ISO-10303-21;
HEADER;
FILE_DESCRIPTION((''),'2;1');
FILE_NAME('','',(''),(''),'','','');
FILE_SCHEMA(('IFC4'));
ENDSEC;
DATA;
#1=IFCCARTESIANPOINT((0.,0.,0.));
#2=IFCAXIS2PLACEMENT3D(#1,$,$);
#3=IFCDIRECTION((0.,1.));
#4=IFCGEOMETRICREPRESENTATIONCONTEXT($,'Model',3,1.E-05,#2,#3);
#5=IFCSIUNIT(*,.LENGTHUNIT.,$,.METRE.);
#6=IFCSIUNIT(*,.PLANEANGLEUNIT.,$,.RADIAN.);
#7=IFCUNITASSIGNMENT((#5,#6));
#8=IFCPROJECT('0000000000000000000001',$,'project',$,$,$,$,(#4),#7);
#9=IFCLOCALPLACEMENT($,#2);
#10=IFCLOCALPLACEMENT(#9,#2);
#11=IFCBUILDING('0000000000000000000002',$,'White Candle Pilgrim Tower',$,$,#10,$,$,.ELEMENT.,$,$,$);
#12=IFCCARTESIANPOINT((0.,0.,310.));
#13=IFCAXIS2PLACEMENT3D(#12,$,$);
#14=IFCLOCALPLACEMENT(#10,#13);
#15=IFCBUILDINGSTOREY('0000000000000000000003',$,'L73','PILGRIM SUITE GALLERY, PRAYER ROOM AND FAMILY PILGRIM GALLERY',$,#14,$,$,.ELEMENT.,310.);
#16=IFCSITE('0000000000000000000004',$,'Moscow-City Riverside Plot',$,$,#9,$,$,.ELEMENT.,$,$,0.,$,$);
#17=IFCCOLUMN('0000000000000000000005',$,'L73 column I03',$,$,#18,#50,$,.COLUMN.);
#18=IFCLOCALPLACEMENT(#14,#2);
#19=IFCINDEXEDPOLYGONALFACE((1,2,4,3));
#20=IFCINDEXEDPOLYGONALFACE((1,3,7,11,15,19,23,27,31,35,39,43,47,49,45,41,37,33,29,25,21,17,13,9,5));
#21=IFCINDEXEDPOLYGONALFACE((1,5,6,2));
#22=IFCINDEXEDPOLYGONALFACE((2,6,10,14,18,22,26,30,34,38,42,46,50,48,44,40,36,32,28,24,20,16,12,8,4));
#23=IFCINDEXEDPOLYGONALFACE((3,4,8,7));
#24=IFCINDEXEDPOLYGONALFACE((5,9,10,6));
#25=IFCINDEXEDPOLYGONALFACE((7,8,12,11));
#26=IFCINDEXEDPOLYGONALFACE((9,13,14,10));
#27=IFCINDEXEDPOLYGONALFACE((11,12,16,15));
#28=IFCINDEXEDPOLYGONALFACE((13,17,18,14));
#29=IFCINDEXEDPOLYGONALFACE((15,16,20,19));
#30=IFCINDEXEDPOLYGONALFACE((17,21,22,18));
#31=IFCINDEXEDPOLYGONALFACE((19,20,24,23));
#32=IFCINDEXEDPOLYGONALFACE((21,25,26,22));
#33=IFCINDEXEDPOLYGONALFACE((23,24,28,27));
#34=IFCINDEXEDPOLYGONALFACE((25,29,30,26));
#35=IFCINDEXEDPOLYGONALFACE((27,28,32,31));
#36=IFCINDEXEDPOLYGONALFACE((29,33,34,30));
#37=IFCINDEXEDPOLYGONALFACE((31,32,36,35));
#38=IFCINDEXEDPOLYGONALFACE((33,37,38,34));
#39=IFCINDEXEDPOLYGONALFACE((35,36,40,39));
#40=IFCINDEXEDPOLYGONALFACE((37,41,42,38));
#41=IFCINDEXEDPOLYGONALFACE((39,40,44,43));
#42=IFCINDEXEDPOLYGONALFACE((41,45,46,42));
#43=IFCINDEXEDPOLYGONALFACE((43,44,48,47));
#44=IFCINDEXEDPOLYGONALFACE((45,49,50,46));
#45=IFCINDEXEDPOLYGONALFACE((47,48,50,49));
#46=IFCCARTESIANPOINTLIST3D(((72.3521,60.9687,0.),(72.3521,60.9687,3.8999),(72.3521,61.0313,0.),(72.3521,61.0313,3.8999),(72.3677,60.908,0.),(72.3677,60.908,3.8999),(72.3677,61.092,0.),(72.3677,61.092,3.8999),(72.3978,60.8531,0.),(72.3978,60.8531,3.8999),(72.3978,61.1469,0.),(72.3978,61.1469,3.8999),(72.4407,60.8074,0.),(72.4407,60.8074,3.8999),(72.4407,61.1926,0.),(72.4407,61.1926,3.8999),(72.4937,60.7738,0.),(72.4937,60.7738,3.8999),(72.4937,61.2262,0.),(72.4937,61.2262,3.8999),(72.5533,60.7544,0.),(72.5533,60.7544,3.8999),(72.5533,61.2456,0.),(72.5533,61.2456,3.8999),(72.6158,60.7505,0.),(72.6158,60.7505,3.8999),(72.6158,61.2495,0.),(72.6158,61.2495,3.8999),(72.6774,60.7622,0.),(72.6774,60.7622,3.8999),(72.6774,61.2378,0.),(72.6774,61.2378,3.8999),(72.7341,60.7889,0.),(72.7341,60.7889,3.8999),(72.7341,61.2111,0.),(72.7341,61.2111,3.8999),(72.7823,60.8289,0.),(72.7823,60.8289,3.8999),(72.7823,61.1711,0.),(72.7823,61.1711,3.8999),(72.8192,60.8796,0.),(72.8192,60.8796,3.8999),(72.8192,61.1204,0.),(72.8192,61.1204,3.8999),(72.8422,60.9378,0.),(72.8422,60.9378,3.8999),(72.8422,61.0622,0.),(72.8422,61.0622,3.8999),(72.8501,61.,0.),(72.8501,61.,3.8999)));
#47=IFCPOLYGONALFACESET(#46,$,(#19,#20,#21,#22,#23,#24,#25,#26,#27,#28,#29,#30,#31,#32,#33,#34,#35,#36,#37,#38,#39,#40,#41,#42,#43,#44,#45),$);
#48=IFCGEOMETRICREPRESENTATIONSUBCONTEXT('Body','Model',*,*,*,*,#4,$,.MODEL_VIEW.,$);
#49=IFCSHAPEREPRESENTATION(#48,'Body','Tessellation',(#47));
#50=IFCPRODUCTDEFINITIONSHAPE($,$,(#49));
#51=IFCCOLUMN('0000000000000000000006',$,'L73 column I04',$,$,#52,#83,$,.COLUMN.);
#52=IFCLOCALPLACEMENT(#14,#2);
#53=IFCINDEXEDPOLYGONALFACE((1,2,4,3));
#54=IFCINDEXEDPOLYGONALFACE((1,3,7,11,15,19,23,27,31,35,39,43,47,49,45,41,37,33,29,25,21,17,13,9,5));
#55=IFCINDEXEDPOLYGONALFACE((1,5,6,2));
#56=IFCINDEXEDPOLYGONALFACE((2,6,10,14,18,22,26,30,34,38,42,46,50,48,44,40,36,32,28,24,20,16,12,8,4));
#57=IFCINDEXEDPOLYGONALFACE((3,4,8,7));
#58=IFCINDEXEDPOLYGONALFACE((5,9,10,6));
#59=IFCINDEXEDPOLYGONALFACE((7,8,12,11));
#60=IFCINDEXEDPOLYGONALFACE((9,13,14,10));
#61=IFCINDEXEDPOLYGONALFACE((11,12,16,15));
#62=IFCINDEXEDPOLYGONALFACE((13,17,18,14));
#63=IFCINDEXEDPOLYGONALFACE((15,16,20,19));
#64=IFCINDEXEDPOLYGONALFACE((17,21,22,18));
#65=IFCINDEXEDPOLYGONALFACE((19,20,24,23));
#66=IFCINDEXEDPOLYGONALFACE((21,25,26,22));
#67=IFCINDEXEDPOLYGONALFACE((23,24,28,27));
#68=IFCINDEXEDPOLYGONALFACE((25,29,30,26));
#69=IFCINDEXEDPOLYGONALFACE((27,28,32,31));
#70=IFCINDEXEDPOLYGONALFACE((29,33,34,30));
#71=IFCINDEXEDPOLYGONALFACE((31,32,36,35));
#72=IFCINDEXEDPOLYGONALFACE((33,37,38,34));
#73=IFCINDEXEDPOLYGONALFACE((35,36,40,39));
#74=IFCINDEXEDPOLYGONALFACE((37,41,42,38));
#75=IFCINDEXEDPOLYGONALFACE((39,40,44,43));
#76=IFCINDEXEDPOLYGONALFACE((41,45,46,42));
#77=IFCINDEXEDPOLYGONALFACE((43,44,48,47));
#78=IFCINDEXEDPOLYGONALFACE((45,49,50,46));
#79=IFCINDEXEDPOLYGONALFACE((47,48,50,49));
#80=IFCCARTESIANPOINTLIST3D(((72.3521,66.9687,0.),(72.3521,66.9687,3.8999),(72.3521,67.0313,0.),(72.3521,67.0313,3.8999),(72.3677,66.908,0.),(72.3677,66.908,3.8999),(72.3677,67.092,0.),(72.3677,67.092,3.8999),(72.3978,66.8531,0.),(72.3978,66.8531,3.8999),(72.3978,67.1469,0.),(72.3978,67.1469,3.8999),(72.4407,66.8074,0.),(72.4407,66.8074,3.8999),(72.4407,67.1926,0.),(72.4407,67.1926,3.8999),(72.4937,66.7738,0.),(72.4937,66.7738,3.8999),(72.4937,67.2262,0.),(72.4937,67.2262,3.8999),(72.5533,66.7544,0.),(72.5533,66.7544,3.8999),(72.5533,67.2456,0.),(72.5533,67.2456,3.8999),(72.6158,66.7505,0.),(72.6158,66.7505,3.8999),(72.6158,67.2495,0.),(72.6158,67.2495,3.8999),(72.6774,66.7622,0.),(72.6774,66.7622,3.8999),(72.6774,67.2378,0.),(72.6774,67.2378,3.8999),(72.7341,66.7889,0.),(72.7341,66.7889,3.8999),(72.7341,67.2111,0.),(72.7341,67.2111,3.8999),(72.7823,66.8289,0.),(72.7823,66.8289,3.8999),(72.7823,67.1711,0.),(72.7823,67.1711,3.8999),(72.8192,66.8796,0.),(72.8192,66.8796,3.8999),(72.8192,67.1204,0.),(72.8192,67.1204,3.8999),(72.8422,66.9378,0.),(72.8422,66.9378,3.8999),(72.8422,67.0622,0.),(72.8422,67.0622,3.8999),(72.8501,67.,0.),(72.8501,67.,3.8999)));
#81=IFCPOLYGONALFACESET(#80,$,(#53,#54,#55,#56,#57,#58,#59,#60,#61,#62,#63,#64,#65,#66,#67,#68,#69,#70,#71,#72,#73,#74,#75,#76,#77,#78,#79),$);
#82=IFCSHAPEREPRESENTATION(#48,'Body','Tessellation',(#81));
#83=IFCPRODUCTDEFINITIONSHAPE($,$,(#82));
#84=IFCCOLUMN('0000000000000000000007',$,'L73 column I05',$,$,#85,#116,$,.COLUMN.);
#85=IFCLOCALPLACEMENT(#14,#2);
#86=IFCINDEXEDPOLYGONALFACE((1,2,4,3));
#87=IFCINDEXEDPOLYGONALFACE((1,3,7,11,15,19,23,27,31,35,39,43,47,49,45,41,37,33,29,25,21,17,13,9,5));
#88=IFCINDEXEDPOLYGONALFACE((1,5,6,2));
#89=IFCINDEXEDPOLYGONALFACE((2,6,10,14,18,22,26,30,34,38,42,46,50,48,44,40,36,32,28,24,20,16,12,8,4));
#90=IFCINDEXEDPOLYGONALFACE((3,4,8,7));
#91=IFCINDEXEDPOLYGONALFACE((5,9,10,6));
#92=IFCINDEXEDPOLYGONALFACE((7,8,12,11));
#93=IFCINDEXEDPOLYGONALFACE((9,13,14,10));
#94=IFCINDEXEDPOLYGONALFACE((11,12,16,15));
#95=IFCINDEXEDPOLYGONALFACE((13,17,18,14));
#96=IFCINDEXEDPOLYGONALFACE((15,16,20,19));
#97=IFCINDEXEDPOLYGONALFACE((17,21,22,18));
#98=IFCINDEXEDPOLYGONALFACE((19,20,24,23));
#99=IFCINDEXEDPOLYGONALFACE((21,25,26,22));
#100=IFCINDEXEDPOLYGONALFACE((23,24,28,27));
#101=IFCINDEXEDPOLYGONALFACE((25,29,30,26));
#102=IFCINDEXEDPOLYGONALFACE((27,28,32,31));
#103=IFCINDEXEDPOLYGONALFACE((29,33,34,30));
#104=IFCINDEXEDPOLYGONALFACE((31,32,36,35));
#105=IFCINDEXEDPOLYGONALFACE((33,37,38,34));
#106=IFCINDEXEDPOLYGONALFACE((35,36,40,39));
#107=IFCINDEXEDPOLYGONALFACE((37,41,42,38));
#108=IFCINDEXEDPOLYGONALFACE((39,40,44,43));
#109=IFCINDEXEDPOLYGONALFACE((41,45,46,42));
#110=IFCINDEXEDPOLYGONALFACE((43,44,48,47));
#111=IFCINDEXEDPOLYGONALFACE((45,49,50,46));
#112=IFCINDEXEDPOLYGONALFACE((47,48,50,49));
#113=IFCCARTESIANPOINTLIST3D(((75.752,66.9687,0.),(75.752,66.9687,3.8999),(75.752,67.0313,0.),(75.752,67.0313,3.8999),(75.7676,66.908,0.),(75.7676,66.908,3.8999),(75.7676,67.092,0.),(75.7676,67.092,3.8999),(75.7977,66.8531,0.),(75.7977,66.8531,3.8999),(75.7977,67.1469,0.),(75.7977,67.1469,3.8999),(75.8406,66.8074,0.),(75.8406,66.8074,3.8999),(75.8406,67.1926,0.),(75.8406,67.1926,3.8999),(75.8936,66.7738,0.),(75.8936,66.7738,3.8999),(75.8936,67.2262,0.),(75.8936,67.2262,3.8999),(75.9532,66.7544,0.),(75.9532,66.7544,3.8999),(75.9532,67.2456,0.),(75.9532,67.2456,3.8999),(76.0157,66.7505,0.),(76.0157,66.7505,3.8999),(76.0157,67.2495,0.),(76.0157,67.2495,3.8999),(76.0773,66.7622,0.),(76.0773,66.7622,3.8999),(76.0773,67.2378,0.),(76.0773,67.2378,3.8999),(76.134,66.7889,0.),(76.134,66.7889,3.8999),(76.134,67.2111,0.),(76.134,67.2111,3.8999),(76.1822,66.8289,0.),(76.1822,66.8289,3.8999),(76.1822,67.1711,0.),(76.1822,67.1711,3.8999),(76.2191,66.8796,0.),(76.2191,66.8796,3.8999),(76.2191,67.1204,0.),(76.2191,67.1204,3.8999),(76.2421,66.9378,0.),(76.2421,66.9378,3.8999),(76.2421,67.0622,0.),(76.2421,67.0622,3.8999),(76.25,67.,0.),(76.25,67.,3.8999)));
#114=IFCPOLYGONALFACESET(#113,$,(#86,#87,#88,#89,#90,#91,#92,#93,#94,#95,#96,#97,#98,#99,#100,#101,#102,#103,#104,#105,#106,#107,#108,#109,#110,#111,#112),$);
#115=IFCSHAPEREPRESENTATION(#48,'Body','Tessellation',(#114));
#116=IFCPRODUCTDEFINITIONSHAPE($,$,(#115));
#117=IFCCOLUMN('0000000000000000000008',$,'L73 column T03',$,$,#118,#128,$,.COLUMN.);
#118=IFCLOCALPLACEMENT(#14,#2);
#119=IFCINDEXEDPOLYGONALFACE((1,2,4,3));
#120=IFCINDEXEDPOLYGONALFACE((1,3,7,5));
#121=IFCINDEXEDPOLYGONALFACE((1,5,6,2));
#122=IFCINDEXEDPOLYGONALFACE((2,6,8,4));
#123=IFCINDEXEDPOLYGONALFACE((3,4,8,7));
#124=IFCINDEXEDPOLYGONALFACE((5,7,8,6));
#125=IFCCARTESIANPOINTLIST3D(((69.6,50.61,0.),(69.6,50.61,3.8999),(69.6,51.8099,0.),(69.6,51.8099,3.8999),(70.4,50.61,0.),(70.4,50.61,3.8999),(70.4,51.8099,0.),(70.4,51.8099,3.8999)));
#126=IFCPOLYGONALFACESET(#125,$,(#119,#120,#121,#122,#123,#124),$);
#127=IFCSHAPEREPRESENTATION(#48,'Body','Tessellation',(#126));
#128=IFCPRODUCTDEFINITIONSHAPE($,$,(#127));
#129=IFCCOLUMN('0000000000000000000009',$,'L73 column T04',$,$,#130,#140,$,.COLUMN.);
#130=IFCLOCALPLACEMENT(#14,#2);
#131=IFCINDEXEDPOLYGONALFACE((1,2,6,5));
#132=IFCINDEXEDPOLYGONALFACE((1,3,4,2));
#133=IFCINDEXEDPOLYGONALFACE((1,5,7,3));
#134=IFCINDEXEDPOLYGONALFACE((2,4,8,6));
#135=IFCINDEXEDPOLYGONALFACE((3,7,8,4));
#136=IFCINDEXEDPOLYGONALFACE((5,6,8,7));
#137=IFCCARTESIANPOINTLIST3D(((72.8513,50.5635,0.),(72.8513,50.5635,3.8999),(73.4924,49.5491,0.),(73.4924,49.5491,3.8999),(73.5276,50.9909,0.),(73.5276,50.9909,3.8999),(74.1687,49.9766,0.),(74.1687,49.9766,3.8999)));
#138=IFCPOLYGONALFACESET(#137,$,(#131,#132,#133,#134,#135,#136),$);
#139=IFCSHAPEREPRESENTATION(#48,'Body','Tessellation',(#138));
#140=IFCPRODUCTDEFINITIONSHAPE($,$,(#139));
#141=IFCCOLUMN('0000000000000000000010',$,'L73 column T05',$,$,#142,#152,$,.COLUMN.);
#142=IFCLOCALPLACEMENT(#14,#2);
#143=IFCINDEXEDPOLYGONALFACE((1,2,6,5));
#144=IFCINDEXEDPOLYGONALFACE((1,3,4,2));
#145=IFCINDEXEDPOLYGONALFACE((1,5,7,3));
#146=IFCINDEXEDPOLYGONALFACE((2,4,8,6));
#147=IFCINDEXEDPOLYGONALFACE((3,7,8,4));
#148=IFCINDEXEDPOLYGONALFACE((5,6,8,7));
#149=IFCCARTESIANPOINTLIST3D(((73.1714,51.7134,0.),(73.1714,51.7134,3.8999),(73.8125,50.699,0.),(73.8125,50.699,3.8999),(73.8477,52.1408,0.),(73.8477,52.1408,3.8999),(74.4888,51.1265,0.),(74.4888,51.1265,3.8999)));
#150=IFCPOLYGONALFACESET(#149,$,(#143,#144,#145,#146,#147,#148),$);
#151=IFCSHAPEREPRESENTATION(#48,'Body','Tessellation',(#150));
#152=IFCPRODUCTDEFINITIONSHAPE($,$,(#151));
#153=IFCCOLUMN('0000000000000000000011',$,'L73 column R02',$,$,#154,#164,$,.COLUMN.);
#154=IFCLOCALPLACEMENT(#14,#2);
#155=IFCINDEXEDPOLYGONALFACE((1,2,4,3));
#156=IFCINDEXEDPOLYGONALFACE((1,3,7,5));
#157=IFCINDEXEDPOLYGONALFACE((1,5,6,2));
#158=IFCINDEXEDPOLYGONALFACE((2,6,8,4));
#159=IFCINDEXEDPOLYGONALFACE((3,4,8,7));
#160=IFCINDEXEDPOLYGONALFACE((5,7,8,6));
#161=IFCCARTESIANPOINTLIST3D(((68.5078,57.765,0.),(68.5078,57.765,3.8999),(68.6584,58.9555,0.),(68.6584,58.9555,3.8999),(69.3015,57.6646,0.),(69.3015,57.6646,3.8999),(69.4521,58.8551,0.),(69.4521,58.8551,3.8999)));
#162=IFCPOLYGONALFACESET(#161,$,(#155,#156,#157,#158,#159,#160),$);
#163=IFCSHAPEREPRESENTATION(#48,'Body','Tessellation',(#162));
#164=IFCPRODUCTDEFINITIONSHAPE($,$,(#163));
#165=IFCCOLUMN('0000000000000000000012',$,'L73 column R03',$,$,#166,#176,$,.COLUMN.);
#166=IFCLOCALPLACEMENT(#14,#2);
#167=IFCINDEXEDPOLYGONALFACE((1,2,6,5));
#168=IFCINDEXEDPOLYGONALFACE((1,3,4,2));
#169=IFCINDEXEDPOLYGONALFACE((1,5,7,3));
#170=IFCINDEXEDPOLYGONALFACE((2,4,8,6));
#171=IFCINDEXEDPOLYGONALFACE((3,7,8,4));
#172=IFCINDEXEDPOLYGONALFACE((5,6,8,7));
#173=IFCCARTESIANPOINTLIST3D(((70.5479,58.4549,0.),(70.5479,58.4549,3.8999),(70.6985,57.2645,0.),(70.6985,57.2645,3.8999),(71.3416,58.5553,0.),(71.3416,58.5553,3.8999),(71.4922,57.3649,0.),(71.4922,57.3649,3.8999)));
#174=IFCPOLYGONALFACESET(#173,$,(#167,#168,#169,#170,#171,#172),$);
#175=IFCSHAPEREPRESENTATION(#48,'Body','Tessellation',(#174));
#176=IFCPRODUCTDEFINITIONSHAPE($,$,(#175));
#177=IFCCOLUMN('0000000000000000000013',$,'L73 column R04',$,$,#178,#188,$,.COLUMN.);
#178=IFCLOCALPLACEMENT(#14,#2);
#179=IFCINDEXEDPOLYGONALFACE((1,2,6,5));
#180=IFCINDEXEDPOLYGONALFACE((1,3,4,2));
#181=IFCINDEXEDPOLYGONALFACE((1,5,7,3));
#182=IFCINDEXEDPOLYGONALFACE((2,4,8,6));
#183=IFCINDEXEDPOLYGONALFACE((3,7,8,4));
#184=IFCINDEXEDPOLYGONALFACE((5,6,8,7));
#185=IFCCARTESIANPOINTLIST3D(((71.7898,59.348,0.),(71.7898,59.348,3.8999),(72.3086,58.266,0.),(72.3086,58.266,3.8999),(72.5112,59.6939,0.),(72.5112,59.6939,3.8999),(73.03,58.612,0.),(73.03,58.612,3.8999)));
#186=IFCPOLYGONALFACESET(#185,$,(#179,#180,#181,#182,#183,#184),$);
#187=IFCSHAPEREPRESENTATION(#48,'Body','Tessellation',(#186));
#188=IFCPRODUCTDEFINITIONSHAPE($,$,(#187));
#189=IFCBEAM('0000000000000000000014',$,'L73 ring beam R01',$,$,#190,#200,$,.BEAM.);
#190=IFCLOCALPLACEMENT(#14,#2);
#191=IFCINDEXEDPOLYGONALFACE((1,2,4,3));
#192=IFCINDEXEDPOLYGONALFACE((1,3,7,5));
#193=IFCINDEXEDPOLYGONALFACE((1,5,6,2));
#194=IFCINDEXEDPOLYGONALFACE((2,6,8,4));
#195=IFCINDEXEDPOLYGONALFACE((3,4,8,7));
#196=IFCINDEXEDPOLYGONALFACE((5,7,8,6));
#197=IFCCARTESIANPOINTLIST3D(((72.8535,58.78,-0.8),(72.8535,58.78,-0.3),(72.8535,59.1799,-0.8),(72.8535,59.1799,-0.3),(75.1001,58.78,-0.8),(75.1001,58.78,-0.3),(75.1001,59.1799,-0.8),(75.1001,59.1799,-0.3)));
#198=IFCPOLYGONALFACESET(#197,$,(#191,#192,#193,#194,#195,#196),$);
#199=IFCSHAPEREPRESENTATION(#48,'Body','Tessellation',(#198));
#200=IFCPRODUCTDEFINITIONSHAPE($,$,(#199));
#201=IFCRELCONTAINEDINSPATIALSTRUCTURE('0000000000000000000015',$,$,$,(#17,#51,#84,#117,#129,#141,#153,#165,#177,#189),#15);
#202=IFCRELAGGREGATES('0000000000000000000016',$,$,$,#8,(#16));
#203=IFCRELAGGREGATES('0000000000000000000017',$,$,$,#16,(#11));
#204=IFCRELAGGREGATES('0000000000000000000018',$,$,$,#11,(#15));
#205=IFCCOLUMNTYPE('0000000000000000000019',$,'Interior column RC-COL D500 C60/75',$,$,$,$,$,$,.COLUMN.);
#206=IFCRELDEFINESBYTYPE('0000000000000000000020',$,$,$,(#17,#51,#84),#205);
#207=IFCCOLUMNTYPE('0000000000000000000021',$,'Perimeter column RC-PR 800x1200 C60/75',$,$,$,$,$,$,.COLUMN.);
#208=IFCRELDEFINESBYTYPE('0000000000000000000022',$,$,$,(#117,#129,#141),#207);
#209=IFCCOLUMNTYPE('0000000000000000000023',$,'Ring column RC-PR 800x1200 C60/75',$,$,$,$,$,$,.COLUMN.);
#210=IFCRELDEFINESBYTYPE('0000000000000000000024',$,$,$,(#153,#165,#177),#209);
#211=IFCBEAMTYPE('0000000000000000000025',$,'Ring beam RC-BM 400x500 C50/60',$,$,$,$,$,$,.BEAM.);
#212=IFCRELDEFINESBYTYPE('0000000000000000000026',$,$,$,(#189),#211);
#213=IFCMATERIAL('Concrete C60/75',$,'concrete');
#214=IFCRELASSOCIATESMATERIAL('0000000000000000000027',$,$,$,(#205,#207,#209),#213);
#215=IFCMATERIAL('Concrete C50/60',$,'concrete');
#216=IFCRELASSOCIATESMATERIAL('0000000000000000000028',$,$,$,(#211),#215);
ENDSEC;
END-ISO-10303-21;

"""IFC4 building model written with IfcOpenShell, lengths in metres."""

from ifc_helpers import new_model, si_unit, direction, frame, origin, origin_2d, place, context, subcontext, project, spatial, rectangle, circle, extrude, material, material_profile, profile_set, type_object, element, save


model = new_model("IFC4")

# Units and contexts
model_context = context("Model", 3, precision=1e-05, world=origin(), true_north=direction((0.0, 1.0)))
body_context = subcontext(model_context, "Body", "Model", "MODEL_VIEW")
ifc_project = project(units=[si_unit("LENGTHUNIT", "METRE"), si_unit("PLANEANGLEUNIT", "RADIAN")], contexts=[model_context])

# Site, building, storey
site_placement = place(None, origin())
site = spatial("IfcSite", under=ifc_project, at=site_placement, Name="Moscow-City Riverside Plot", CompositionType="ELEMENT", RefElevation=0.0)
building_placement = place(site_placement, origin())
building = spatial("IfcBuilding", under=site, at=building_placement, Name="White Candle Pilgrim Tower", CompositionType="ELEMENT")
storey_placement = place(building_placement, frame((0.0, 0.0, 310.0)))
storey = spatial("IfcBuildingStorey", under=building, at=storey_placement, Name="L73", Description="PILGRIM SUITE GALLERY, PRAYER ROOM AND FAMILY PILGRIM GALLERY", CompositionType="ELEMENT", Elevation=310.0)

# Columns
ifc_material_1 = material(Name="Concrete C60/75", Category="concrete")
ifc_material_profile_1 = material_profile(ifc_material_1, circle(Radius=0.25, at=origin_2d()), Name="RC-COL D500")
ifc_profile_set_1 = profile_set([ifc_material_profile_1], Name="Concrete C60/75")
column_type_1 = type_object("IfcColumnType", Name="Interior column RC-COL D500 C60/75", PredefinedType="COLUMN", material=ifc_profile_set_1)
for number, where, z_axis, x_axis, name in (
    (1, (72.6001, 61.0, 0.0), (0.0, 0.0, 1.0), (1.0, 0.0, 0.0), "L73 column I03"),
    (2, (72.6001, 67.0, 0.0), (0.0, 0.0, 1.0), (1.0, 0.0, 0.0), "L73 column I04"),
    (3, (76.0, 67.0, 0.0), (0.0, 0.0, 1.0), (1.0, 0.0, 0.0), "L73 column I05"),
):
    element("IfcColumn", number, at=place(storey_placement, frame(where, z_axis=z_axis, x_axis=x_axis)), inside=storey, type_object=column_type_1, Name=name, PredefinedType="COLUMN", context=body_context, shape_type="SweptSolid", body=[
        extrude(circle(Radius=0.25, at=origin_2d()), origin(), (0.0, 0.0, 1.0), 3.8999),
    ])
ifc_material_profile_2 = material_profile(ifc_material_1, rectangle(XDim=0.8, YDim=1.2, at=origin_2d()), Name="RC-PR 800x1200")
ifc_profile_set_2 = profile_set([ifc_material_profile_2], Name="Concrete C60/75")
column_type_2 = type_object("IfcColumnType", Name="Perimeter column RC-PR 800x1200 C60/75", PredefinedType="COLUMN", material=ifc_profile_set_2)
for number, where, z_axis, x_axis, name in (
    (4, (70.0, 51.21, 0.0), (0.0, 0.0, 1.0), (-1.0, 0.0, 0.0), "L73 column T03"),
    (5, (73.51, 50.27, 0.0), (0.0, 0.0, 1.0), (-0.845318, -0.534264, 0.0), "L73 column T04"),
    (6, (73.8301, 51.4199, 0.0), (0.0, 0.0, 1.0), (-0.845318, -0.534264, 0.0), "L73 column T05"),
):
    element("IfcColumn", number, at=place(storey_placement, frame(where, z_axis=z_axis, x_axis=x_axis)), inside=storey, type_object=column_type_2, Name=name, PredefinedType="COLUMN", context=body_context, shape_type="SweptSolid", body=[
        extrude(rectangle(XDim=0.8, YDim=1.2, at=origin_2d()), origin(), (0.0, 0.0, 1.0), 3.8999),
    ])
ifc_material_profile_3 = material_profile(ifc_material_1, rectangle(XDim=0.8, YDim=1.2, at=origin_2d()), Name="RC-PR 800x1200")
ifc_profile_set_3 = profile_set([ifc_material_profile_3], Name="Concrete C60/75")
column_type_3 = type_object("IfcColumnType", Name="Ring column RC-PR 800x1200 C60/75", PredefinedType="COLUMN", material=ifc_profile_set_3)
for number, where, z_axis, x_axis, name in (
    (7, (68.98, 58.3101, 0.0), (0.0, 0.0, 1.0), (-0.992093, 0.125506, 0.0), "L73 column R02"),
    (8, (71.02, 57.9099, 0.0), (0.0, 0.0, 1.0), (-0.992093, -0.125506, 0.0), "L73 column R03"),
    (9, (72.4099, 58.98, 0.0), (0.0, 0.0, 1.0), (-0.901689, -0.432385, 0.0), "L73 column R04"),
):
    element("IfcColumn", number, at=place(storey_placement, frame(where, z_axis=z_axis, x_axis=x_axis)), inside=storey, type_object=column_type_3, Name=name, PredefinedType="COLUMN", context=body_context, shape_type="SweptSolid", body=[
        extrude(rectangle(XDim=0.8, YDim=1.2, at=origin_2d()), origin(), (0.0, 0.0, 1.0), 3.8999),
    ])

# Beam
ifc_material_2 = material(Name="Concrete C50/60", Category="concrete")
ifc_material_profile_4 = material_profile(ifc_material_2, rectangle(XDim=0.3999, YDim=0.5, at=origin_2d()), Name="RC-BM 400x500")
ifc_profile_set_4 = profile_set([ifc_material_profile_4], Name="Concrete C50/60")
beam_type_1 = type_object("IfcBeamType", Name="Ring beam RC-BM 400x500 C50/60", PredefinedType="BEAM", material=ifc_profile_set_4)
beam_1_placement = place(storey_placement, frame((72.8535, 58.98, -0.55), z_axis=(1.0, 0.0, 0.0), x_axis=(0.0, 1.0, 0.0)))
element("IfcBeam", 10, at=beam_1_placement, inside=storey, type_object=beam_type_1, Name="L73 ring beam R01", PredefinedType="BEAM", context=body_context, shape_type="SweptSolid", body=[
    extrude(rectangle(XDim=0.3999, YDim=0.5, at=origin_2d()), origin(), (0.0, 0.0, 1.0), 2.2466),
])

save(model, "model.ifc")
